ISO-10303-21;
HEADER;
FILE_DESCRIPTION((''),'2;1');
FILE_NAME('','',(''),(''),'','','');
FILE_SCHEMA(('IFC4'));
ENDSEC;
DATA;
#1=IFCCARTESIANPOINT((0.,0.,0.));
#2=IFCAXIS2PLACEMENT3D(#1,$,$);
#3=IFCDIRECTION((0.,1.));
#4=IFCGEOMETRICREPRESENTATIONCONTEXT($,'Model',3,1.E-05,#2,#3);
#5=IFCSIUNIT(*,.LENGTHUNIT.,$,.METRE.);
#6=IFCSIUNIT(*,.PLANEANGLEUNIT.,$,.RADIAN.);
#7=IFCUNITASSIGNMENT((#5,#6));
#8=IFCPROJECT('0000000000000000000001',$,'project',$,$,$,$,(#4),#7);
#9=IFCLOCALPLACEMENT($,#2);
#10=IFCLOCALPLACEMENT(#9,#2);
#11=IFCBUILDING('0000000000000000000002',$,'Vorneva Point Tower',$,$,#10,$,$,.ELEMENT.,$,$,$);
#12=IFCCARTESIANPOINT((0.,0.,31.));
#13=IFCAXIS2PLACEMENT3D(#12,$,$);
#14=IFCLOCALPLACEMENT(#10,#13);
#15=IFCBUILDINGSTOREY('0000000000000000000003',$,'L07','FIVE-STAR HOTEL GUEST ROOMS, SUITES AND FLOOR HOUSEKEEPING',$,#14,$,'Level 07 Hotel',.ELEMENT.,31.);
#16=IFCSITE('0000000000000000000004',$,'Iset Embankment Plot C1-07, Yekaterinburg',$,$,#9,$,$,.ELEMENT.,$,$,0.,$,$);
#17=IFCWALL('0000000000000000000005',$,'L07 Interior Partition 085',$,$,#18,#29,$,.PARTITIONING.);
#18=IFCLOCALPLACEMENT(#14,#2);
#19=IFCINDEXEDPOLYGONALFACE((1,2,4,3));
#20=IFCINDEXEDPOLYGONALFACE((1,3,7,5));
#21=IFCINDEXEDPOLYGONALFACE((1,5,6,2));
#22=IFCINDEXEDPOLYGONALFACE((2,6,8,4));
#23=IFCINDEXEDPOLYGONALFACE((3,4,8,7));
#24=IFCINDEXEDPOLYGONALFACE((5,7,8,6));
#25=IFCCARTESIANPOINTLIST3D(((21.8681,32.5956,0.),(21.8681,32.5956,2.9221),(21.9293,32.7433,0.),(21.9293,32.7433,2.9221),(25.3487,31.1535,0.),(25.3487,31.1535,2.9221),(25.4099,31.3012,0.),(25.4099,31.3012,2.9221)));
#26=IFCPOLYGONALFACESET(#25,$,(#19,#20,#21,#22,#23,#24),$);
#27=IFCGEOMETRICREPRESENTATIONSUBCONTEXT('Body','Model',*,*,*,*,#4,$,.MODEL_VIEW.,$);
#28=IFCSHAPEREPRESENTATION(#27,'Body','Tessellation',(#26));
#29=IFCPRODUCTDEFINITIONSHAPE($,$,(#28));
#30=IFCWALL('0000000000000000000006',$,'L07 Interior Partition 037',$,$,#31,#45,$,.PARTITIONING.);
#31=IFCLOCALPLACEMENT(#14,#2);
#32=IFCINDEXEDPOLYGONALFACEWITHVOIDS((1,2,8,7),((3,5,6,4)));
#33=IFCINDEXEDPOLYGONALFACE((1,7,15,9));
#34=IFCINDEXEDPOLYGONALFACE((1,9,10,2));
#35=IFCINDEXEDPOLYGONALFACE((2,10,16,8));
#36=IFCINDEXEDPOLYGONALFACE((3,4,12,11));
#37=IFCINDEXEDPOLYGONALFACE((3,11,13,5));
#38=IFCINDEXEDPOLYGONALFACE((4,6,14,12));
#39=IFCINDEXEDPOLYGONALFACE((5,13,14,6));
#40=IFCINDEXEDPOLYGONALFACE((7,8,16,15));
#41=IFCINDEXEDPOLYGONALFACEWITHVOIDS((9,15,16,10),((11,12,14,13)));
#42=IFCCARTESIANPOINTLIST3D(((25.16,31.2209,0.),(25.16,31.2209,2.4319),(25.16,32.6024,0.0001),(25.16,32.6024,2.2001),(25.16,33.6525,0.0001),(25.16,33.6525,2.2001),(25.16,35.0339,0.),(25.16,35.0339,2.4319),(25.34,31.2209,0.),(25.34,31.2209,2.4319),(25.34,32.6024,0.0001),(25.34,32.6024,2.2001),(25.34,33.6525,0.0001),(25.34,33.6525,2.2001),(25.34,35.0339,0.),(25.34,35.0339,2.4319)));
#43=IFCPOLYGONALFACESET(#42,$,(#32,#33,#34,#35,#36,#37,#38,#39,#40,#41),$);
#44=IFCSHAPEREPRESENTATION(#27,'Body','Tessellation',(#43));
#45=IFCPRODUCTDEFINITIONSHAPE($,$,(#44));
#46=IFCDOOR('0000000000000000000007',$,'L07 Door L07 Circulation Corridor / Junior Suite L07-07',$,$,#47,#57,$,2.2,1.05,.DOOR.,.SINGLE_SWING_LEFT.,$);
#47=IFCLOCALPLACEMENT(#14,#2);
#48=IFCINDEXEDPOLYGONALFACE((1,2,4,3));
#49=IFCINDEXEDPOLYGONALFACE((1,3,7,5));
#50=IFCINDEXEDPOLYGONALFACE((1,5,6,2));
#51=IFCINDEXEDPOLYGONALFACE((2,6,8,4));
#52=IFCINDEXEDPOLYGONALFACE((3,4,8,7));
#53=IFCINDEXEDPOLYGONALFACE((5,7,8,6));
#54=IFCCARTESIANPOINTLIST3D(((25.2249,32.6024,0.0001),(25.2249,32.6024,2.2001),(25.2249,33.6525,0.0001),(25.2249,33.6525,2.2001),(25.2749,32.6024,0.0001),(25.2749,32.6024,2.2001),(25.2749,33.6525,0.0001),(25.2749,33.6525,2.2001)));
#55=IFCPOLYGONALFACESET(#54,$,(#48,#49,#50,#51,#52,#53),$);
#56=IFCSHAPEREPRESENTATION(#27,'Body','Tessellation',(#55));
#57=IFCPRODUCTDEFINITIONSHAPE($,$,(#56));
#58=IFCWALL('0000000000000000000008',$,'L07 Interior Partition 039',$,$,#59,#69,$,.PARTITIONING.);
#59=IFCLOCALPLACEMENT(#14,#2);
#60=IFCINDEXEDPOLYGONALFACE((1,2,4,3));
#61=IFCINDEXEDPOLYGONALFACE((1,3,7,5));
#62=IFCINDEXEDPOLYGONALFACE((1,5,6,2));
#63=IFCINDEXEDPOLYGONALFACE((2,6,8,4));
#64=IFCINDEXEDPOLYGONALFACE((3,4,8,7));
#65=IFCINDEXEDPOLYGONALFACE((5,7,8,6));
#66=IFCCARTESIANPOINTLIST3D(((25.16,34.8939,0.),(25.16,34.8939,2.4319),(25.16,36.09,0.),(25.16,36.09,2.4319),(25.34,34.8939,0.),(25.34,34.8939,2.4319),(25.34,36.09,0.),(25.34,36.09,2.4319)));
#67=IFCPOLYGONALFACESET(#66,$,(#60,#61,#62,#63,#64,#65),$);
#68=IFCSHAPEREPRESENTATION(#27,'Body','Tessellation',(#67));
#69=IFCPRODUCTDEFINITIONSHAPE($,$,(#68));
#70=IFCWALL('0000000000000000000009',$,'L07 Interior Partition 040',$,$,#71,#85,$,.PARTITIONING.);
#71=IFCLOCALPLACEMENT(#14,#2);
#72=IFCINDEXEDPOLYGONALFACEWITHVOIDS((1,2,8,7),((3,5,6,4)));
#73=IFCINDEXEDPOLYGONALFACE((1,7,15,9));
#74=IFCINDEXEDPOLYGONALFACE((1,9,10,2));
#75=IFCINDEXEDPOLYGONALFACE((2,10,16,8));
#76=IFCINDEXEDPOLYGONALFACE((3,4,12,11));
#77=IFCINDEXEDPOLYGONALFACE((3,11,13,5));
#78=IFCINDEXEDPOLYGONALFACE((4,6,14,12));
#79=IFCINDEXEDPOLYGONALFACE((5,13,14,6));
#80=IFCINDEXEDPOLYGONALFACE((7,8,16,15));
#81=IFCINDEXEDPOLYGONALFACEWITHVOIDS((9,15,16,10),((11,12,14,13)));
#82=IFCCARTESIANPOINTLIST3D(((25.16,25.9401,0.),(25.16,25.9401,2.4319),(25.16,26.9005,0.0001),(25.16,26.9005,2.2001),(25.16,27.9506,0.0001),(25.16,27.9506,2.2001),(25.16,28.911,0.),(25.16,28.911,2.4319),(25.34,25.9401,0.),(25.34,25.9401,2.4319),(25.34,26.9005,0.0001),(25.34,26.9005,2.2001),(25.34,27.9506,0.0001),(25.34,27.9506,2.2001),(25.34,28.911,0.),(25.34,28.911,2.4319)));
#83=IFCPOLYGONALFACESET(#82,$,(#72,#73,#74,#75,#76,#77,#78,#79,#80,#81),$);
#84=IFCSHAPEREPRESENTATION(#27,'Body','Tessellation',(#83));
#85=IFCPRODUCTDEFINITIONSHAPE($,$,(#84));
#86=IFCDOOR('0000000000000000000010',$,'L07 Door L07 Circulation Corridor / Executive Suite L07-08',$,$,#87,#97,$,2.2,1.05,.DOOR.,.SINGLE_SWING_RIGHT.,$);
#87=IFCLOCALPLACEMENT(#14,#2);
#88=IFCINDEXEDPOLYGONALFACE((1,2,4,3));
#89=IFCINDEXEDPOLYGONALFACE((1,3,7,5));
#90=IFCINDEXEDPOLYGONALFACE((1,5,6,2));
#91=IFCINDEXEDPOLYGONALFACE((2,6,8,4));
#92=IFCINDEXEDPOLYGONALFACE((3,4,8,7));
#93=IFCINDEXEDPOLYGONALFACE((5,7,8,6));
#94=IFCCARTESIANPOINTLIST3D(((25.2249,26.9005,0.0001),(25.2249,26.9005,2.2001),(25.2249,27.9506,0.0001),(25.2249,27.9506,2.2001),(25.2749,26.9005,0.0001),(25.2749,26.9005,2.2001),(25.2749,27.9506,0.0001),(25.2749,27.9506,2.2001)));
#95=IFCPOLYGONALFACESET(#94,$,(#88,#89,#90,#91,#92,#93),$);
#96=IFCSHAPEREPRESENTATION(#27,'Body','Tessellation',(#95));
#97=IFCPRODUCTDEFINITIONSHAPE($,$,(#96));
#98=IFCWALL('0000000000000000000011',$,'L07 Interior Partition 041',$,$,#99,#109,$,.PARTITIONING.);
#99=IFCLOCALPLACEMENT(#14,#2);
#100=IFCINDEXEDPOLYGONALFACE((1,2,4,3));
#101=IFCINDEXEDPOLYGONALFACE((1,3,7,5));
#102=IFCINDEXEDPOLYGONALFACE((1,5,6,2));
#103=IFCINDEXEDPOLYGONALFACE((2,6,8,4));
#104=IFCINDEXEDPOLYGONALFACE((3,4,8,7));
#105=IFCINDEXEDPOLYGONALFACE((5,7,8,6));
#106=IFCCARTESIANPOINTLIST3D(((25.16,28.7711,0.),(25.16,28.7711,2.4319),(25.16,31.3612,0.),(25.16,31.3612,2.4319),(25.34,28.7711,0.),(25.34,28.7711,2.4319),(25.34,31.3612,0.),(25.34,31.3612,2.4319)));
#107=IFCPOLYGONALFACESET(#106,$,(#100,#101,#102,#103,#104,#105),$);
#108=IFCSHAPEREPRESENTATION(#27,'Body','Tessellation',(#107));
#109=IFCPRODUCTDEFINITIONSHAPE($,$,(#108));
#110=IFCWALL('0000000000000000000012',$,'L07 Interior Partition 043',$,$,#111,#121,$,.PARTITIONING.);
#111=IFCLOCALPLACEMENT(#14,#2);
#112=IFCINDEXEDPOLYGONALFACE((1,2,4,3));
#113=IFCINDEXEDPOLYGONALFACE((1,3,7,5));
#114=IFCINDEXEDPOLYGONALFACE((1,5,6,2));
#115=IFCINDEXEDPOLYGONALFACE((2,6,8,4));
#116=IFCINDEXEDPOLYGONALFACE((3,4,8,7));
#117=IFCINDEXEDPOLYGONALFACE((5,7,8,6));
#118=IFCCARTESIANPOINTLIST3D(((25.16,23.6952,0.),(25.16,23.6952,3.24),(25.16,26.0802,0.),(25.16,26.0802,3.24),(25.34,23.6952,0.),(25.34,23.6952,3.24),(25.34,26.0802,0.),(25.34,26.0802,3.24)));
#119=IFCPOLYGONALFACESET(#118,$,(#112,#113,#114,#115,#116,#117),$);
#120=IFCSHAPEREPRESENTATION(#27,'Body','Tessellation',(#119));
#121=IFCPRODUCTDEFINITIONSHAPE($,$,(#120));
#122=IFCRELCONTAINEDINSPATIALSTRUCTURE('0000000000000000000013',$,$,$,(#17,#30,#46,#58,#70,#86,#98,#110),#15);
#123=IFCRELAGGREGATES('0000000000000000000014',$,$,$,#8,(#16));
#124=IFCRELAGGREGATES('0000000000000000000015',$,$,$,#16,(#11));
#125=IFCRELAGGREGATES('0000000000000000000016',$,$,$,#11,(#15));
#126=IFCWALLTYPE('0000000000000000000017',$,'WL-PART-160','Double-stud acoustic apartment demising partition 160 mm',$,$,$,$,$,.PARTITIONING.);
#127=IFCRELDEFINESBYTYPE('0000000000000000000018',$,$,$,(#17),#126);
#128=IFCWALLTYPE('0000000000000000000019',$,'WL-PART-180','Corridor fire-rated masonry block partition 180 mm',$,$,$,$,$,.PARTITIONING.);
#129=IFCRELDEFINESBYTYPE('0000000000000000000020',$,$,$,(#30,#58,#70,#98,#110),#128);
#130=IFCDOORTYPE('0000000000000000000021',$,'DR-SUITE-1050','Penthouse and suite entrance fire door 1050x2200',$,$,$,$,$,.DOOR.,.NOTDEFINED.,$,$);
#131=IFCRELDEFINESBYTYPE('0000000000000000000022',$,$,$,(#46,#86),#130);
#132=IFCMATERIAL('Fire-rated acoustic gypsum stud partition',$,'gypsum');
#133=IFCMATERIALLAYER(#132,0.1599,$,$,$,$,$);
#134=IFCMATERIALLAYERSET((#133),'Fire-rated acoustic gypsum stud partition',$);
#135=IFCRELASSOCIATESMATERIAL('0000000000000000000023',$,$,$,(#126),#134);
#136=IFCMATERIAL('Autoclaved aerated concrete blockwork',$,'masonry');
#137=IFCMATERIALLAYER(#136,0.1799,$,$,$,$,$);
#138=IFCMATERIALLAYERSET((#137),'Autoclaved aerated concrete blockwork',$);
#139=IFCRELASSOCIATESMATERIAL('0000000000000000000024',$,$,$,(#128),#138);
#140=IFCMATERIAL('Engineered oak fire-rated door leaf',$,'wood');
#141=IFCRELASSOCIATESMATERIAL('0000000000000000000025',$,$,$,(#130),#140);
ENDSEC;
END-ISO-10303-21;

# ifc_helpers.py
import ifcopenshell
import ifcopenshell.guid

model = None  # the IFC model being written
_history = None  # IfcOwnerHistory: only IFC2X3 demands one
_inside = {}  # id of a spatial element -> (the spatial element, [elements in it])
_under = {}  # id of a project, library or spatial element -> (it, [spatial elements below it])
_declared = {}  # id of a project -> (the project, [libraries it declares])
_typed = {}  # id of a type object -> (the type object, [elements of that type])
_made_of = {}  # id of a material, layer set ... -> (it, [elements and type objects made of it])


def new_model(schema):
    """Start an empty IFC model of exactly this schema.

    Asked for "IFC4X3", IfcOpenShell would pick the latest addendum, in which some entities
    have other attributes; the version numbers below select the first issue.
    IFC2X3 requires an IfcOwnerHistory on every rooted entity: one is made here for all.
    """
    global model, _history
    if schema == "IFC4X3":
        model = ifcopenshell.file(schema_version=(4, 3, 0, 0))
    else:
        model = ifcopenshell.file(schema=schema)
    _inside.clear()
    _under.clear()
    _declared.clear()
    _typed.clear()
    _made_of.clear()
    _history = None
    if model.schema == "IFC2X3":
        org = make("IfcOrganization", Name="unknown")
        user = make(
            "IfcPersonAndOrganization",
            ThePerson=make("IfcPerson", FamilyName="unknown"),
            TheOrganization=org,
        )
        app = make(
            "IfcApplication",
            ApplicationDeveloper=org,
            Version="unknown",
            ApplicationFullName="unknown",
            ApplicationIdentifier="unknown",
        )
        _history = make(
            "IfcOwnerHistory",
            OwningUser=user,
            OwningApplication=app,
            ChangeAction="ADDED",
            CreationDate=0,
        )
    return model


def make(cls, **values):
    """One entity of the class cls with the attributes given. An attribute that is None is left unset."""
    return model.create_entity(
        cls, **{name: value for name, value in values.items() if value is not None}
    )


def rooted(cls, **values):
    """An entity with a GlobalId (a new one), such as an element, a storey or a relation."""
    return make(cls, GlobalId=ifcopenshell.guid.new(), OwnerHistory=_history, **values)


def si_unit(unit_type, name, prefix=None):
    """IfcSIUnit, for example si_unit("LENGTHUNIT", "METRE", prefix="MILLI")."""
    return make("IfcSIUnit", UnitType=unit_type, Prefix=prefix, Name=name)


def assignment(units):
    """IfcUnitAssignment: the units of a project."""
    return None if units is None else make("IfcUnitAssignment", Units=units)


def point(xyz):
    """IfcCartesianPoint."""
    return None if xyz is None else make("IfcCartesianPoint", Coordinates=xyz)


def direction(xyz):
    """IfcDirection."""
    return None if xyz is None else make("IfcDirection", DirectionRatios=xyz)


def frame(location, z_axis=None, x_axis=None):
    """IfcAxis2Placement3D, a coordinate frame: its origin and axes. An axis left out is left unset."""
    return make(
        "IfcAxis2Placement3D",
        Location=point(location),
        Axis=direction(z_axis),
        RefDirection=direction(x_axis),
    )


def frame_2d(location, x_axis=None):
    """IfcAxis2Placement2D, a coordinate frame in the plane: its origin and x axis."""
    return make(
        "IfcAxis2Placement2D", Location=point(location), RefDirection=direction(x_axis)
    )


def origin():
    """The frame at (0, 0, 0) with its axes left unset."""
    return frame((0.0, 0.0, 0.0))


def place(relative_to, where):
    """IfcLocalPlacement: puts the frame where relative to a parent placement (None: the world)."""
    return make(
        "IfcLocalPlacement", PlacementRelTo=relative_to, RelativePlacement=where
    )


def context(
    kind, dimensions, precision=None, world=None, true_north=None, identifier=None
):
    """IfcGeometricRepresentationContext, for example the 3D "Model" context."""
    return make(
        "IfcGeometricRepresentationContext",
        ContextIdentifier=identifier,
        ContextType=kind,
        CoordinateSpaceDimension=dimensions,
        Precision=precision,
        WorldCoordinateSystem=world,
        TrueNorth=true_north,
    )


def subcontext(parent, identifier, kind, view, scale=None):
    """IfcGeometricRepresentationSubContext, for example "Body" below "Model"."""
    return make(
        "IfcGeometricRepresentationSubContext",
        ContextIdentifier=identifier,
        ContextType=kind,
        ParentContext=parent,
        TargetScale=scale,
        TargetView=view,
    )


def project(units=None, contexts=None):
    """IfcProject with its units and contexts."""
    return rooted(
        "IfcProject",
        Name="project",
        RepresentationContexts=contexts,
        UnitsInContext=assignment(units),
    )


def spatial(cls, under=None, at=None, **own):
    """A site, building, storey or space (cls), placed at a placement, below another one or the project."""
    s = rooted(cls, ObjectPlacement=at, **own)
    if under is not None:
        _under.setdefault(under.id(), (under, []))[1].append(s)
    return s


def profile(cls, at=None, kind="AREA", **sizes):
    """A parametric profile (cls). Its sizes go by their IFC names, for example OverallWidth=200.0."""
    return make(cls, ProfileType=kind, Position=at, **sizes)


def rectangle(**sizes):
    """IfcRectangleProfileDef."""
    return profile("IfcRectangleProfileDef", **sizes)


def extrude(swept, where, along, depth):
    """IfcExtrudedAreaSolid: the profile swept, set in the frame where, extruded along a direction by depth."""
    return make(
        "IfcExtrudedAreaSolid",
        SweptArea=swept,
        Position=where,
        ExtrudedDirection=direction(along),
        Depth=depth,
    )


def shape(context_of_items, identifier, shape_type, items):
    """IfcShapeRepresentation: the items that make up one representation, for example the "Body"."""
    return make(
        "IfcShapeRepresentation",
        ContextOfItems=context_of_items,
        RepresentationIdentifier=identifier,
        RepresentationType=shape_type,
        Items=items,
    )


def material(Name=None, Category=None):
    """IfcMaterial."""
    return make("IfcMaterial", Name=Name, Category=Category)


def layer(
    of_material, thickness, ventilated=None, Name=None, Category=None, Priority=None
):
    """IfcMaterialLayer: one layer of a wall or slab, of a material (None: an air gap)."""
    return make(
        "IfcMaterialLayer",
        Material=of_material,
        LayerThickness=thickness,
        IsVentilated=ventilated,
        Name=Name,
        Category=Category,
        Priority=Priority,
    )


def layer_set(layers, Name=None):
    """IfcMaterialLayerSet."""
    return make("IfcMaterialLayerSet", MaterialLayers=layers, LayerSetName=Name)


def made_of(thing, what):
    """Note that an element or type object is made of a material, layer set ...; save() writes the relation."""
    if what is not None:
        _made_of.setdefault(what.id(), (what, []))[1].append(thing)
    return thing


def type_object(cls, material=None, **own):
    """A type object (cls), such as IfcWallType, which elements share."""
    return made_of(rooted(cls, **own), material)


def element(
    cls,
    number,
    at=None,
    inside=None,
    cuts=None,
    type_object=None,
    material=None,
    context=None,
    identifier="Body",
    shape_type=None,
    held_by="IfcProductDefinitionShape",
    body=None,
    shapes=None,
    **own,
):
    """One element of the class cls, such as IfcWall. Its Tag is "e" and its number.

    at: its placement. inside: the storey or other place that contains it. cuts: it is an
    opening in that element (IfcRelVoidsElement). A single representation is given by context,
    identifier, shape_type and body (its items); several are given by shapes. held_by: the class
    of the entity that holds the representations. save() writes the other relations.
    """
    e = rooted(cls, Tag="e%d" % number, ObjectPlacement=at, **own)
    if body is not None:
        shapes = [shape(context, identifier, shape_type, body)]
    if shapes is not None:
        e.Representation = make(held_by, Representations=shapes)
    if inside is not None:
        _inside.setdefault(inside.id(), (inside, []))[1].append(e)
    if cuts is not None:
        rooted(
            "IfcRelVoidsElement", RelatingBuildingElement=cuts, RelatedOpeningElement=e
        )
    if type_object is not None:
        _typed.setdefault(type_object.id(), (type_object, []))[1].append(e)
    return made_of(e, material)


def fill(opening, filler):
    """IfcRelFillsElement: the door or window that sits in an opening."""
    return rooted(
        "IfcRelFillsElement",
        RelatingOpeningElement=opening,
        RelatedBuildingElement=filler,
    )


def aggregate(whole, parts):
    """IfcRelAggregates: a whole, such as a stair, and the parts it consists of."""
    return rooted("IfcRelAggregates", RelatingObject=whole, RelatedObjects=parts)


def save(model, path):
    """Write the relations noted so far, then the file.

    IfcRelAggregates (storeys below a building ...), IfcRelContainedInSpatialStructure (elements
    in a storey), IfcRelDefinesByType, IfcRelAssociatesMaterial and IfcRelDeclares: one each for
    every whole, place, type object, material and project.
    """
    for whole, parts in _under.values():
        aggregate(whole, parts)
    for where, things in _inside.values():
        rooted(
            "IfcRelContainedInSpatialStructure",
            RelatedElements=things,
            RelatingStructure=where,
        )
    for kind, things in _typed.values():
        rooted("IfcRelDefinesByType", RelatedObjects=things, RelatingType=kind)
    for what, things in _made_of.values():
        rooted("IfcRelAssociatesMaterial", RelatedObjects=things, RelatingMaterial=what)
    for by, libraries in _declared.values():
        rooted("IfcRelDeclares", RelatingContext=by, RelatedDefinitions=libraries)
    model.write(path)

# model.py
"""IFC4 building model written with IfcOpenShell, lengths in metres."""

from ifc_helpers import new_model, si_unit, direction, frame, frame_2d, origin, place, context, subcontext, project, spatial, rectangle, extrude, material, layer, layer_set, type_object, element, fill, save


model = new_model("IFC4")

# Units and contexts
model_context = context("Model", 3, precision=1e-05, world=origin(), true_north=direction((0.0, 1.0)))
body_context = subcontext(model_context, "Body", "Model", "MODEL_VIEW")
ifc_project = project(units=[si_unit("LENGTHUNIT", "METRE"), si_unit("PLANEANGLEUNIT", "RADIAN")], contexts=[model_context])

# Site, building, storey
site_placement = place(None, origin())
site = spatial("IfcSite", under=ifc_project, at=site_placement, Name="Iset Embankment Plot C1-07, Yekaterinburg", CompositionType="ELEMENT", RefElevation=0.0)
building_placement = place(site_placement, origin())
building = spatial("IfcBuilding", under=site, at=building_placement, Name="Vorneva Point Tower", CompositionType="ELEMENT")
storey_placement = place(building_placement, frame((0.0, 0.0, 31.0)))
storey = spatial("IfcBuildingStorey", under=building, at=storey_placement, Name="L07", Description="FIVE-STAR HOTEL GUEST ROOMS, SUITES AND FLOOR HOUSEKEEPING", LongName="Level 07 Hotel", CompositionType="ELEMENT", Elevation=31.0)

# Shared definitions
ifc_material_1 = material(Name="Fire-rated acoustic gypsum stud partition", Category="gypsum")

# Shared definitions
ifc_material_2 = material(Name="Engineered oak fire-rated door leaf", Category="wood")

# Wall
ifc_layer_1 = layer(ifc_material_1, 0.1599)
ifc_layer_set_1 = layer_set([ifc_layer_1], Name="Fire-rated acoustic gypsum stud partition")
wall_type_1 = type_object("IfcWallType", Name="WL-PART-160", Description="Double-stud acoustic apartment demising partition 160 mm", PredefinedType="PARTITIONING", material=ifc_layer_set_1)
wall_1_placement = place(storey_placement, frame((21.8987, 32.6694, 0.0), z_axis=(0.0, 0.0, 1.0), x_axis=(0.923844, -0.38277, 0.0)))
element("IfcWall", 1, at=wall_1_placement, inside=storey, type_object=wall_type_1, Name="L07 Interior Partition 085", PredefinedType="PARTITIONING", context=body_context, shape_type="SweptSolid", body=[
    extrude(rectangle(XDim=3.7676, YDim=0.1599, at=frame_2d((1.8838, 0.0))), origin(), (0.0, 0.0, 1.0), 2.9221),
])

# Wall, opening, door
ifc_material_3 = material(Name="Autoclaved aerated concrete blockwork", Category="masonry")
ifc_layer_2 = layer(ifc_material_3, 0.1799)
ifc_layer_set_2 = layer_set([ifc_layer_2], Name="Autoclaved aerated concrete blockwork")
wall_type_2 = type_object("IfcWallType", Name="WL-PART-180", Description="Corridor fire-rated masonry block partition 180 mm", PredefinedType="PARTITIONING", material=ifc_layer_set_2)
wall_2_placement = place(storey_placement, frame((25.25, 35.0339, 0.0), z_axis=(0.0, 0.0, 1.0), x_axis=(0.0, -1.0, 0.0)))
wall_2 = element("IfcWall", 2, at=wall_2_placement, inside=storey, type_object=wall_type_2, Name="L07 Interior Partition 037", PredefinedType="PARTITIONING", context=body_context, shape_type="SweptSolid", body=[
    extrude(rectangle(XDim=3.813, YDim=0.1799, at=frame_2d((1.9065, 0.0))), origin(), (0.0, 0.0, 1.0), 2.4319),
])
opening_1_placement = place(wall_2_placement, frame((1.3816, 0.0, 0.0)))
opening_1 = element("IfcOpeningElement", 3, at=opening_1_placement, cuts=wall_2, PredefinedType="OPENING", context=body_context, shape_type="SweptSolid", body=[
    extrude(rectangle(XDim=1.05, YDim=2.2, at=frame_2d((0.5249, 1.1001))), frame((0.0, 0.105, 0.0), z_axis=(0.0, -1.0, 0.0), x_axis=(1.0, 0.0, 0.0)), (0.0, 0.0, 1.0), 0.2097),
])
door_type_1 = type_object("IfcDoorType", Name="DR-SUITE-1050", Description="Penthouse and suite entrance fire door 1050x2200", OperationType="NOTDEFINED", PredefinedType="DOOR", material=ifc_material_2)
door_1_placement = place(opening_1_placement, origin())
door_1 = element("IfcDoor", 4, at=door_1_placement, inside=storey, type_object=door_type_1, Name="L07 Door L07 Circulation Corridor / Junior Suite L07-07", OperationType="SINGLE_SWING_LEFT", OverallHeight=2.2, OverallWidth=1.05, PredefinedType="DOOR", context=body_context, shape_type="SweptSolid", body=[
    extrude(rectangle(XDim=1.05, YDim=2.2, at=frame_2d((0.5249, 1.1001))), frame((0.0, 0.0249, 0.0), z_axis=(0.0, -1.0, 0.0), x_axis=(1.0, 0.0, 0.0)), (0.0, 0.0, 1.0), 0.05),
])
fill(opening_1, door_1)

# Wall
wall_3_placement = place(storey_placement, frame((25.25, 36.0901, 0.0), z_axis=(0.0, 0.0, 1.0), x_axis=(0.0, -1.0, 0.0)))
element("IfcWall", 5, at=wall_3_placement, inside=storey, type_object=wall_type_2, Name="L07 Interior Partition 039", PredefinedType="PARTITIONING", context=body_context, shape_type="SweptSolid", body=[
    extrude(rectangle(XDim=1.196, YDim=0.1799, at=frame_2d((0.5981, 0.0))), origin(), (0.0, 0.0, 1.0), 2.4319),
])

# Wall, opening, door
wall_4_placement = place(storey_placement, frame((25.25, 28.9109, 0.0), z_axis=(0.0, 0.0, 1.0), x_axis=(0.0, -1.0, 0.0)))
wall_4 = element("IfcWall", 6, at=wall_4_placement, inside=storey, type_object=wall_type_2, Name="L07 Interior Partition 040", PredefinedType="PARTITIONING", context=body_context, shape_type="SweptSolid", body=[
    extrude(rectangle(XDim=2.9709, YDim=0.1799, at=frame_2d((1.4854, 0.0))), origin(), (0.0, 0.0, 1.0), 2.4319),
])
opening_2_placement = place(wall_4_placement, frame((0.9604, 0.0, 0.0)))
opening_2 = element("IfcOpeningElement", 7, at=opening_2_placement, cuts=wall_4, PredefinedType="OPENING", context=body_context, shape_type="SweptSolid", body=[
    extrude(rectangle(XDim=1.05, YDim=2.2, at=frame_2d((0.5249, 1.1001))), frame((0.0, 0.105, 0.0), z_axis=(0.0, -1.0, 0.0), x_axis=(1.0, 0.0, 0.0)), (0.0, 0.0, 1.0), 0.2097),
])
door_2_placement = place(opening_2_placement, origin())
door_2 = element("IfcDoor", 8, at=door_2_placement, inside=storey, type_object=door_type_1, Name="L07 Door L07 Circulation Corridor / Executive Suite L07-08", OperationType="SINGLE_SWING_RIGHT", OverallHeight=2.2, OverallWidth=1.05, PredefinedType="DOOR", context=body_context, shape_type="SweptSolid", body=[
    extrude(rectangle(XDim=1.05, YDim=2.2, at=frame_2d((0.5249, 1.1001))), frame((0.0, 0.0249, 0.0), z_axis=(0.0, -1.0, 0.0), x_axis=(1.0, 0.0, 0.0)), (0.0, 0.0, 1.0), 0.05),
])
fill(opening_2, door_2)

# Walls
wall_5_placement = place(storey_placement, frame((25.25, 31.3611, 0.0), z_axis=(0.0, 0.0, 1.0), x_axis=(0.0, -1.0, 0.0)))
element("IfcWall", 9, at=wall_5_placement, inside=storey, type_object=wall_type_2, Name="L07 Interior Partition 041", PredefinedType="PARTITIONING", context=body_context, shape_type="SweptSolid", body=[
    extrude(rectangle(XDim=2.5901, YDim=0.1799, at=frame_2d((1.2949, 0.0))), origin(), (0.0, 0.0, 1.0), 2.4319),
])
wall_6_placement = place(storey_placement, frame((25.25, 26.0801, 0.0), z_axis=(0.0, 0.0, 1.0), x_axis=(0.0, -1.0, 0.0)))
element("IfcWall", 10, at=wall_6_placement, inside=storey, type_object=wall_type_2, Name="L07 Interior Partition 043", PredefinedType="PARTITIONING", context=body_context, shape_type="SweptSolid", body=[
    extrude(rectangle(XDim=2.385, YDim=0.1799, at=frame_2d((1.1924, 0.0))), origin(), (0.0, 0.0, 1.0), 3.24),
])

save(model, "model.ifc")
